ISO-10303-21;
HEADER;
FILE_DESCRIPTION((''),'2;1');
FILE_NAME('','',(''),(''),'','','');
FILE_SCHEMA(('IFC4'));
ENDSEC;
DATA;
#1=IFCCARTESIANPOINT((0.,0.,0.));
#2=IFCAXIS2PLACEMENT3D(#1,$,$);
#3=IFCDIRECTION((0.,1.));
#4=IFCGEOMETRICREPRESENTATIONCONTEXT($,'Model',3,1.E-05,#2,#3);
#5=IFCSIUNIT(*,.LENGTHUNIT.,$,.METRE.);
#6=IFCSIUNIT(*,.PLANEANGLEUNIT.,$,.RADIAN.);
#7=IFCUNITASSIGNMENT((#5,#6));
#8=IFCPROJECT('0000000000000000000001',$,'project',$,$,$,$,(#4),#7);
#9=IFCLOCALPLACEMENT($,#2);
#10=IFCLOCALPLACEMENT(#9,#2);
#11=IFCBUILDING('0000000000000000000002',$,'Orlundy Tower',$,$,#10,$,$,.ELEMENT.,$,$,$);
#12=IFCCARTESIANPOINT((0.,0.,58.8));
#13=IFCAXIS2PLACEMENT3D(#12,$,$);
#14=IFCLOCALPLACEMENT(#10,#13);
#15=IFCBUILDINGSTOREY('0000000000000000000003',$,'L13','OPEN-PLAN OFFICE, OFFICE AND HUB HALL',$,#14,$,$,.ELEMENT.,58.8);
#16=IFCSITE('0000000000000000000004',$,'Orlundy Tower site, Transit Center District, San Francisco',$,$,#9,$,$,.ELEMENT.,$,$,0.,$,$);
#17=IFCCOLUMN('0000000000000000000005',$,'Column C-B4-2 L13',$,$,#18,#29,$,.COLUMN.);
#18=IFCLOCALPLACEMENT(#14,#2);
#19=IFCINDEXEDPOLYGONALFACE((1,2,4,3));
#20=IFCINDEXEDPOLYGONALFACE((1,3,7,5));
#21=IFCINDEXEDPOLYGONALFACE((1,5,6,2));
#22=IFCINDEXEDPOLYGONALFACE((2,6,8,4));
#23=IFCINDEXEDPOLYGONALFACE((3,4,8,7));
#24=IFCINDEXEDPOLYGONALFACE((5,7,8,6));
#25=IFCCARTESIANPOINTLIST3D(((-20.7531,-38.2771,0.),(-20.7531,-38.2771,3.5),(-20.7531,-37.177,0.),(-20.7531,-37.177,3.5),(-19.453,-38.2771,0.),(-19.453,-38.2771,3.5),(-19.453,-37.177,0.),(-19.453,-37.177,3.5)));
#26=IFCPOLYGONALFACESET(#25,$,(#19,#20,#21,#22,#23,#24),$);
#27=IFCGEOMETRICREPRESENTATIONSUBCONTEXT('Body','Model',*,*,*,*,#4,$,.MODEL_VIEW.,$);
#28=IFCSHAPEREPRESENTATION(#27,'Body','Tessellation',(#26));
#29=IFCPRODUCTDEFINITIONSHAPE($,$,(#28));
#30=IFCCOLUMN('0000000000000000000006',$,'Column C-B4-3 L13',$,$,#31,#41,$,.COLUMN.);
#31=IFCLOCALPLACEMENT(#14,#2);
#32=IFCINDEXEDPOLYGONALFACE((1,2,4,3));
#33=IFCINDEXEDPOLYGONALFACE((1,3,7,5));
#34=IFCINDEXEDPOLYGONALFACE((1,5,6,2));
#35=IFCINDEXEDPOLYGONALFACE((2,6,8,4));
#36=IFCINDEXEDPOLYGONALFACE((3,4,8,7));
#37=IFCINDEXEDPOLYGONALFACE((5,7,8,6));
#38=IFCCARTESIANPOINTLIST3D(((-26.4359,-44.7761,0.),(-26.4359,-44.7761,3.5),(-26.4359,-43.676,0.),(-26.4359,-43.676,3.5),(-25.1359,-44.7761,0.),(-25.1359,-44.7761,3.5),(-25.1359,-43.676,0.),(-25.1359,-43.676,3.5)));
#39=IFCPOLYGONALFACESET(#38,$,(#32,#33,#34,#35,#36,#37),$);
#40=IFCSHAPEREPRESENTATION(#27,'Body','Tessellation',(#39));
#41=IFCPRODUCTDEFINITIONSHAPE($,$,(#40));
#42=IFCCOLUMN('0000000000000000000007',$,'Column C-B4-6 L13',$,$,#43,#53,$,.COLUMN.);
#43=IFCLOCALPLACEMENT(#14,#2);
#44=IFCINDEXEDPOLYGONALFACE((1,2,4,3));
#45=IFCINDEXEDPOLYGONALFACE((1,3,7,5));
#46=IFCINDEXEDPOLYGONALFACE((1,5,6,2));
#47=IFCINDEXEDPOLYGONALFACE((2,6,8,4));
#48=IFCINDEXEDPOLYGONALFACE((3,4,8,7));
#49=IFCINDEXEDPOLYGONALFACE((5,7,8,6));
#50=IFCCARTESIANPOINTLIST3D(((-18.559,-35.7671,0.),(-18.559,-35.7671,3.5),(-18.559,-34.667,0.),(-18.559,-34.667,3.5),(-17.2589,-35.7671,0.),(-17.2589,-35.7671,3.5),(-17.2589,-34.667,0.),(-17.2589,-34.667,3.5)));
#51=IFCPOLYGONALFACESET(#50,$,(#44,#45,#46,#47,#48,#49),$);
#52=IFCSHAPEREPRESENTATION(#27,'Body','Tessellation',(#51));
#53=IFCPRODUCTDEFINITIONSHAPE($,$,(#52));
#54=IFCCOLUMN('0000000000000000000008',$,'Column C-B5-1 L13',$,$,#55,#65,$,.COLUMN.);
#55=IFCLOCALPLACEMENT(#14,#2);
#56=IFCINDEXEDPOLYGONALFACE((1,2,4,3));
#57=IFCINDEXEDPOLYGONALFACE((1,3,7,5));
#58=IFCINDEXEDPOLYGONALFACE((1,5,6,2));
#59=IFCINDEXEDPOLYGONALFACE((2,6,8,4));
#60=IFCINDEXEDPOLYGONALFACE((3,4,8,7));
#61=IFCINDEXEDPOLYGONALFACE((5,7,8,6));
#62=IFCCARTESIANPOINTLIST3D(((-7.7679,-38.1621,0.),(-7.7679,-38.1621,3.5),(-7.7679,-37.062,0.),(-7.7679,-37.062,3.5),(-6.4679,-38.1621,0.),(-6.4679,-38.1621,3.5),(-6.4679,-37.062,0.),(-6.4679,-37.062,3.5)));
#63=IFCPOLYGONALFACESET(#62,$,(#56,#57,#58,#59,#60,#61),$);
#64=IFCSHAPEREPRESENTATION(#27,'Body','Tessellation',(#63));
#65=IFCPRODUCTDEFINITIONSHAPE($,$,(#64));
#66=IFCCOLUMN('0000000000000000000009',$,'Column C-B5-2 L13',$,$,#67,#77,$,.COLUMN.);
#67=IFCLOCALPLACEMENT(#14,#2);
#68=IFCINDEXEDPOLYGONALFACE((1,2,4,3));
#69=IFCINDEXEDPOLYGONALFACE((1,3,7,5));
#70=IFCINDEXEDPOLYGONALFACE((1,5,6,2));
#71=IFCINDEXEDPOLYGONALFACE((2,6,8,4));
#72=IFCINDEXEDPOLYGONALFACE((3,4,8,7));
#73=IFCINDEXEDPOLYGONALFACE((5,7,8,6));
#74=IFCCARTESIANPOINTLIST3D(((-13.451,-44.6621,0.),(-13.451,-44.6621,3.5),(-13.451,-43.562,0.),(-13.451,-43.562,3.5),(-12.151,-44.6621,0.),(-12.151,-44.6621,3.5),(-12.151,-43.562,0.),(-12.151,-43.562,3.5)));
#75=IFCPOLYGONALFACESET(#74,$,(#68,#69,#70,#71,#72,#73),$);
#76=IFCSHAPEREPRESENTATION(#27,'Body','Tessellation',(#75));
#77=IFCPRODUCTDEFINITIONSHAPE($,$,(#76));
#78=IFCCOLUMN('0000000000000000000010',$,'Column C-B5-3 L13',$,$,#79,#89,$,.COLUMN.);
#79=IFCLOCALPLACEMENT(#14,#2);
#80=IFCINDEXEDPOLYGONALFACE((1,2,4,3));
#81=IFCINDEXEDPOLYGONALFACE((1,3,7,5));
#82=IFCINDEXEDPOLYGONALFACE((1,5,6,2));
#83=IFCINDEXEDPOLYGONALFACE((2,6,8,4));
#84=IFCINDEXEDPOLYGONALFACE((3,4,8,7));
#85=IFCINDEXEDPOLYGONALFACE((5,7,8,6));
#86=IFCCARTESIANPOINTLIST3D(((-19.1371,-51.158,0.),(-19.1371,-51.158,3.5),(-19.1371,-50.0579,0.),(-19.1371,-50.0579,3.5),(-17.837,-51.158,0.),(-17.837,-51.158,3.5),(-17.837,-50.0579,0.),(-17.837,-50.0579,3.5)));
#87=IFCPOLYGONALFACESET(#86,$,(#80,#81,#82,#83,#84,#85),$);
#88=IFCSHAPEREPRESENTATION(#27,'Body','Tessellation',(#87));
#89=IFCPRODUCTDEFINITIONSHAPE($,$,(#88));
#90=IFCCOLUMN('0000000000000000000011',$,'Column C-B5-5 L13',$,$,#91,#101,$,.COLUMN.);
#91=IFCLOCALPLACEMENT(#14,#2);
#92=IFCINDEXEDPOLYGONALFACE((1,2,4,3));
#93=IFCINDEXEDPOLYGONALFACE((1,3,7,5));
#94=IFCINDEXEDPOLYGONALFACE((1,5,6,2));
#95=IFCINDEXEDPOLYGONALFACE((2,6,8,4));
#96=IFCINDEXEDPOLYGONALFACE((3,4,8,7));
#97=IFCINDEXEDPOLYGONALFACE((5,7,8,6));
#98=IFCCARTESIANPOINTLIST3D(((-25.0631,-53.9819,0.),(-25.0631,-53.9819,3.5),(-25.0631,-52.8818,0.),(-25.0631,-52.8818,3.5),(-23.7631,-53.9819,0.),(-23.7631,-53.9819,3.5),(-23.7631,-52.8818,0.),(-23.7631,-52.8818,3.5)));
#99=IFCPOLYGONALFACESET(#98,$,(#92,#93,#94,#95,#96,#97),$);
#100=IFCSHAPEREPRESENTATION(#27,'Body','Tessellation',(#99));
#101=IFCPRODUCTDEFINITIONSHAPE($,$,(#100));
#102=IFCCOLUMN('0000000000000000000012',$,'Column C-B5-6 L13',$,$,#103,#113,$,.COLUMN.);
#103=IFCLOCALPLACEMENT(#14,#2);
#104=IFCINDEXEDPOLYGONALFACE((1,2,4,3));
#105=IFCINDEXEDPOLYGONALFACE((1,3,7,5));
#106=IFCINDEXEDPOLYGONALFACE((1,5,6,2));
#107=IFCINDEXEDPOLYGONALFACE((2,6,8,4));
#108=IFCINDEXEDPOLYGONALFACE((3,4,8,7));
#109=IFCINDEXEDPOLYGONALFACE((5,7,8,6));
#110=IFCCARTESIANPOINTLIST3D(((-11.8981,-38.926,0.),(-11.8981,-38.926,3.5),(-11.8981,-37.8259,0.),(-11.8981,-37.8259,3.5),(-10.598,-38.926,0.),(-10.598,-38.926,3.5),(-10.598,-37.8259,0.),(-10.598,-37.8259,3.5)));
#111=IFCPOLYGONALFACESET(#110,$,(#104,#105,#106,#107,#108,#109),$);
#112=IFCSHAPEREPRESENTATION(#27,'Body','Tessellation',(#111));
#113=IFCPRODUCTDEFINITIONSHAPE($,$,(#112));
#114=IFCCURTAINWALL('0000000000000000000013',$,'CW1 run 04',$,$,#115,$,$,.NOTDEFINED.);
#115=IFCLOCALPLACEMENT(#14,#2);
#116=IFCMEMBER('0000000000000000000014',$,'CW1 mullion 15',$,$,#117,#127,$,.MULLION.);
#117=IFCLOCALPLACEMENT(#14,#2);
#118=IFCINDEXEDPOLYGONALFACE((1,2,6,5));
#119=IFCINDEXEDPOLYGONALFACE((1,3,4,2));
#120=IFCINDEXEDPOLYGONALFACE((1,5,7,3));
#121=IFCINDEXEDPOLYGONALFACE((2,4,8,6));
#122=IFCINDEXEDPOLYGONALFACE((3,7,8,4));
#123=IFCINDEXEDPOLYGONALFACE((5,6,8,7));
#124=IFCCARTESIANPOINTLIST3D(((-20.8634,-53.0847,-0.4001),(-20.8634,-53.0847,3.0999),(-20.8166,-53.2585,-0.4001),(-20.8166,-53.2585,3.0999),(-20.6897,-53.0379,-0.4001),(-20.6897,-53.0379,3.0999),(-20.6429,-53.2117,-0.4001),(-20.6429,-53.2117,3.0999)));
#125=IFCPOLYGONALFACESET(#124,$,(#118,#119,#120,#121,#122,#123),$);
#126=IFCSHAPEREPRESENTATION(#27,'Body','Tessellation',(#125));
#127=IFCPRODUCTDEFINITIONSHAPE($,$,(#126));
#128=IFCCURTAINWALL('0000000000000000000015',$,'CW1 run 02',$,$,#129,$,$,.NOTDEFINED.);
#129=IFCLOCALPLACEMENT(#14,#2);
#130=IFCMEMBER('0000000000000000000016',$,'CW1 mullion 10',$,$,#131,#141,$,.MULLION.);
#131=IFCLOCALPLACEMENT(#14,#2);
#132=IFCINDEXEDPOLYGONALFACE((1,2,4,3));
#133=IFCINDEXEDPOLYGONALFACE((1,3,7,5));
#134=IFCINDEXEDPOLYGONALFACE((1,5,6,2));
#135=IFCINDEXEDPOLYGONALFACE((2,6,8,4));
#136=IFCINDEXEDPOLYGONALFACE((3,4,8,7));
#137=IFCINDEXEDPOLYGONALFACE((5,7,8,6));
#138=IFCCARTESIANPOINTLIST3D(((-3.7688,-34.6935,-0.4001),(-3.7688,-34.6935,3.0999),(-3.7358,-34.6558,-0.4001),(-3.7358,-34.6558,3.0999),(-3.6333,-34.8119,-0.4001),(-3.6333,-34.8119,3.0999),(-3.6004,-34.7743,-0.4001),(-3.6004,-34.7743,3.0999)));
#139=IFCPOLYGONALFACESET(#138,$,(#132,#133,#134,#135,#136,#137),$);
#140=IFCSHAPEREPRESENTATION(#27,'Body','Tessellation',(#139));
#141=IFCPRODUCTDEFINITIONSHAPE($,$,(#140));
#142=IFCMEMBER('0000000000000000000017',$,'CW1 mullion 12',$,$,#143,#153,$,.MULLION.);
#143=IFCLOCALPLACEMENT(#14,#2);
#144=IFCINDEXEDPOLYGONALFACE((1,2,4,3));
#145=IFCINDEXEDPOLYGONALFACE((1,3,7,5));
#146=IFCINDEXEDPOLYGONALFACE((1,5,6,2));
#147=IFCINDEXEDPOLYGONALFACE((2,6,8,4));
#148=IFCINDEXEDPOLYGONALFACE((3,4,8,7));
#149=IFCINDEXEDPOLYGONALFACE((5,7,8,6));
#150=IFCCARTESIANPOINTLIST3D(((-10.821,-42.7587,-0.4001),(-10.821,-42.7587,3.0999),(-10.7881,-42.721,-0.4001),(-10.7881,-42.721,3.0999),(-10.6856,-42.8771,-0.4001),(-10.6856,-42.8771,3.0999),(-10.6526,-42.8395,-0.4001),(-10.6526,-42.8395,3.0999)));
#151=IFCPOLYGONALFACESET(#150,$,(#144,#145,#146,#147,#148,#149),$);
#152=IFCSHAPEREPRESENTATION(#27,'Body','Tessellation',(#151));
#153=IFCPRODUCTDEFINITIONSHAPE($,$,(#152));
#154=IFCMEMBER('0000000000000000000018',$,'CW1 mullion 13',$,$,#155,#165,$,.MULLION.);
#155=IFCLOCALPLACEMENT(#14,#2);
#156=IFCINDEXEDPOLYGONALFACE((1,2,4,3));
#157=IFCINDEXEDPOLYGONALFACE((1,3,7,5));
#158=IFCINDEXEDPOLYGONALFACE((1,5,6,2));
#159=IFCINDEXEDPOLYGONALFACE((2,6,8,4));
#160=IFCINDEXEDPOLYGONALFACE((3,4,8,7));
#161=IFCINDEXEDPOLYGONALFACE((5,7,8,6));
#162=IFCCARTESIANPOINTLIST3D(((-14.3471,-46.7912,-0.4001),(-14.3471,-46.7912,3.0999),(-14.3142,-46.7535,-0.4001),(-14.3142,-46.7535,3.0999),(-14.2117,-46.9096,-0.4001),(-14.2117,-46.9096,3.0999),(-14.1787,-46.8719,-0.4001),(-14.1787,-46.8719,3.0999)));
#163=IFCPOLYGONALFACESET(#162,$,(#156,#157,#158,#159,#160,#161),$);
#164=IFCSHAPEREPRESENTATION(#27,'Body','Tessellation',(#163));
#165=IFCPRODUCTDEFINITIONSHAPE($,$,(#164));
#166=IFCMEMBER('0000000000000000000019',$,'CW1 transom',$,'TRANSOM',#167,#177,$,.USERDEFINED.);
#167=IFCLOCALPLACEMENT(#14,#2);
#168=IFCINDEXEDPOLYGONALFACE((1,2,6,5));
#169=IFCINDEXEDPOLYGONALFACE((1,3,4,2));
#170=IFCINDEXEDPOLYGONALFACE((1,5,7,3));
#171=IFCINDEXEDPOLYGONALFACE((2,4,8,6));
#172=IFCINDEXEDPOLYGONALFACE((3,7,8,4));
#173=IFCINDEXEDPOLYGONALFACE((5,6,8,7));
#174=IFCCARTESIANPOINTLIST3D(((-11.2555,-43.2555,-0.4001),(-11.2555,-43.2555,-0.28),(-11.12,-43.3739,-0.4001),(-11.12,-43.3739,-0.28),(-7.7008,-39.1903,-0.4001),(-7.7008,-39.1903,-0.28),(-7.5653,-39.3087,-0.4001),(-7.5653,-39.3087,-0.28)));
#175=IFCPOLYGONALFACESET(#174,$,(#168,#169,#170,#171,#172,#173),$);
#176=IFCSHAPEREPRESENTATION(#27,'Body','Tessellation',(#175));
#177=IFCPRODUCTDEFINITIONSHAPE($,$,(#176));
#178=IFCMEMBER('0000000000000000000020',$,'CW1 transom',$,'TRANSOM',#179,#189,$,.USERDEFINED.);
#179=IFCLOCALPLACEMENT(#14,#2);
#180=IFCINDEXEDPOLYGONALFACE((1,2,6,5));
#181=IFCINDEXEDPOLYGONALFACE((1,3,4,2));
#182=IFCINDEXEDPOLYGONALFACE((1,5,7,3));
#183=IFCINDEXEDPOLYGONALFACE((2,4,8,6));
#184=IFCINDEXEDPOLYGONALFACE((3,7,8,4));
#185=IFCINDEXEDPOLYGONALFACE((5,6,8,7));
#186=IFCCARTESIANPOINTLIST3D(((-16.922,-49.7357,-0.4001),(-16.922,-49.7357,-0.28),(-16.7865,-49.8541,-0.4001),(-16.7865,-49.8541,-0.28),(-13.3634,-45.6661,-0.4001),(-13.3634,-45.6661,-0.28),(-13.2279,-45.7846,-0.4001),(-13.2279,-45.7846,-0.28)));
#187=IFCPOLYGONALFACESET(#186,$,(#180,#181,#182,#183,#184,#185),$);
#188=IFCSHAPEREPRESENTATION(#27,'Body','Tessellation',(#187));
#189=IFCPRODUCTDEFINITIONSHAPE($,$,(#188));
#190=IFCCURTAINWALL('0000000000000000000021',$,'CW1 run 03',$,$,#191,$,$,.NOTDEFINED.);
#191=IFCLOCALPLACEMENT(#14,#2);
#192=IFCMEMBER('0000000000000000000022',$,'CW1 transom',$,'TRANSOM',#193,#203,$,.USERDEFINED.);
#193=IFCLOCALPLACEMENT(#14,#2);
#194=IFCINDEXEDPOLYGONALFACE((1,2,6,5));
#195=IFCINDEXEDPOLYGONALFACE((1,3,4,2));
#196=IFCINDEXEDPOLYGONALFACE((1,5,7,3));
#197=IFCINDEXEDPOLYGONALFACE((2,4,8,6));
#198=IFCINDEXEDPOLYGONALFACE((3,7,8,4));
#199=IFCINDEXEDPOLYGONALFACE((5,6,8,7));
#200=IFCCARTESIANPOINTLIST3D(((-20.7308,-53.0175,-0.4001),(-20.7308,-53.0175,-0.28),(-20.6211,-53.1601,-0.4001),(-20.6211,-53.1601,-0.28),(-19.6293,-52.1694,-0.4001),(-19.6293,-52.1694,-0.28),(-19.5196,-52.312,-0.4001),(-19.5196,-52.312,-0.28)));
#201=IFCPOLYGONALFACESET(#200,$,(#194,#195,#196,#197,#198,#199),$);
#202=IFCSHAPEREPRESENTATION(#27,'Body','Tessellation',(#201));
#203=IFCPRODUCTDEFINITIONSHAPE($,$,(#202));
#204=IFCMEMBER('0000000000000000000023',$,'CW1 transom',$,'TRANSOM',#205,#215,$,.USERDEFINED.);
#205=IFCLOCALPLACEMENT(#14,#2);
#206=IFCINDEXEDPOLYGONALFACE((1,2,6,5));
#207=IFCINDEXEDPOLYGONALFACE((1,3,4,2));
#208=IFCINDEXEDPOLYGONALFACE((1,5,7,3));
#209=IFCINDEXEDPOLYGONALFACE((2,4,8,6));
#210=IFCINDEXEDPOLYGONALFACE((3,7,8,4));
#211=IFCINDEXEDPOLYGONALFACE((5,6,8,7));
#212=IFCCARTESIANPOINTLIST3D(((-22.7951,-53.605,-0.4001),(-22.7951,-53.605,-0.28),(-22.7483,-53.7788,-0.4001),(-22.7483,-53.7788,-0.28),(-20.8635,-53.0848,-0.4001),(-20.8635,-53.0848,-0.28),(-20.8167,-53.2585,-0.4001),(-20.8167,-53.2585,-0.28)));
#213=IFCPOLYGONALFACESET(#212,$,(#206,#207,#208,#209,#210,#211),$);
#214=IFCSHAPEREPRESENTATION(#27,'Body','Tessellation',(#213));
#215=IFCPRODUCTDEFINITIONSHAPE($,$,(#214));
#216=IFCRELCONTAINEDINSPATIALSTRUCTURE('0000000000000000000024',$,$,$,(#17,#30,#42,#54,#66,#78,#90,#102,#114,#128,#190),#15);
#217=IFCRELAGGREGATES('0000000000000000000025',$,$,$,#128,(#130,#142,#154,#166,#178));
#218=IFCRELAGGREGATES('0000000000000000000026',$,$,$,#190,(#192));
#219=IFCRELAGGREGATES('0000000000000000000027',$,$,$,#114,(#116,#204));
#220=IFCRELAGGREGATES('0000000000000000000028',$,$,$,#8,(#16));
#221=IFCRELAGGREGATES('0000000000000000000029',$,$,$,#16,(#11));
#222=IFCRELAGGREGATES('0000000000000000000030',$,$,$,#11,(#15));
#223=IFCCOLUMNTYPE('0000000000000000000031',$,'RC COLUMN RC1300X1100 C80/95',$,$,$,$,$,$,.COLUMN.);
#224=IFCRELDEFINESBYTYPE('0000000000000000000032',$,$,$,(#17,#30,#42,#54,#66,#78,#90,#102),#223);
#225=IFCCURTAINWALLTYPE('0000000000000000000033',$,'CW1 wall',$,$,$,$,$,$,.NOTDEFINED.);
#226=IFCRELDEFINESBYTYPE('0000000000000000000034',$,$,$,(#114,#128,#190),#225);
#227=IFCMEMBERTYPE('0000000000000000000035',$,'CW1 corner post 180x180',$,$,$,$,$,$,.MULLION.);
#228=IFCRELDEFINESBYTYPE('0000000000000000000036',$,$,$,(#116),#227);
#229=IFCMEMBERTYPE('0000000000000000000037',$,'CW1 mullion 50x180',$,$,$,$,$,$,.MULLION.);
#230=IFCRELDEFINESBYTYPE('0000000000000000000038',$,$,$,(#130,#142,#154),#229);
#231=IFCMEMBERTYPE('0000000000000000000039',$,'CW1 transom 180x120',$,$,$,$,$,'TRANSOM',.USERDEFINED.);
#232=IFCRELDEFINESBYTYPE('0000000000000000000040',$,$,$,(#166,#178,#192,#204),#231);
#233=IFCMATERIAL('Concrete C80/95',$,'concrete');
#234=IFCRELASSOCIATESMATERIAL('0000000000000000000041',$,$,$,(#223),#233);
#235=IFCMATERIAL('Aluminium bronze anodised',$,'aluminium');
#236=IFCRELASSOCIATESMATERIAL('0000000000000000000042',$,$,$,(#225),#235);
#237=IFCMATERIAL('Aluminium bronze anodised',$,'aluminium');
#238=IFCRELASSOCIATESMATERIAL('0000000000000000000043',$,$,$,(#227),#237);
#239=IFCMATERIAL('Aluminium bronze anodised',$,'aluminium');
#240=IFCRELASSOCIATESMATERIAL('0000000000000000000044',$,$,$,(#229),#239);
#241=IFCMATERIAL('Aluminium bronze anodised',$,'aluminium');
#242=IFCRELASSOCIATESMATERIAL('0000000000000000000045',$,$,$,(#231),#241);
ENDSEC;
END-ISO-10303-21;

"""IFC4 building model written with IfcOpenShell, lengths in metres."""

from ifc_helpers import new_model, si_unit, direction, frame, origin, origin_2d, place, context, subcontext, project, spatial, rectangle, extrude, material, material_profile, profile_set, type_object, element, aggregate, save


model = new_model("IFC4")

# Units and contexts
model_context = context("Model", 3, precision=1e-05, world=origin(), true_north=direction((0.0, 1.0)))
body_context = subcontext(model_context, "Body", "Model", "MODEL_VIEW")
ifc_project = project(units=[si_unit("LENGTHUNIT", "METRE"), si_unit("PLANEANGLEUNIT", "RADIAN")], contexts=[model_context])

# Site, building, storey
site_placement = place(None, origin())
site = spatial("IfcSite", under=ifc_project, at=site_placement, Name="Orlundy Tower site, Transit Center District, San Francisco", CompositionType="ELEMENT", RefElevation=0.0)
building_placement = place(site_placement, origin())
building = spatial("IfcBuilding", under=site, at=building_placement, Name="Orlundy Tower", CompositionType="ELEMENT")
storey_placement = place(building_placement, frame((0.0, 0.0, 58.8)))
storey = spatial("IfcBuildingStorey", under=building, at=storey_placement, Name="L13", Description="OPEN-PLAN OFFICE, OFFICE AND HUB HALL", CompositionType="ELEMENT", Elevation=58.8)

# Columns
ifc_material_1 = material(Name="Concrete C80/95", Category="concrete")
ifc_material_profile_1 = material_profile(ifc_material_1, rectangle(XDim=1.3, YDim=1.1001, at=origin_2d()), Name="RC1300X1100")
ifc_profile_set_1 = profile_set([ifc_material_profile_1], Name="Concrete C80/95")
column_type = type_object("IfcColumnType", Name="RC COLUMN RC1300X1100 C80/95", PredefinedType="COLUMN", material=ifc_profile_set_1)
for number, where, z_axis, x_axis, name in (
    (1, (-20.103, -37.7271, 0.0), (0.0, 0.0, 1.0), (1.0, 0.0, 0.0), "Column C-B4-2 L13"),
    (2, (-25.7859, -44.2261, 0.0), (0.0, 0.0, 1.0), (1.0, 0.0, 0.0), "Column C-B4-3 L13"),
    (3, (-17.9089, -35.217, 0.0), (0.0, 0.0, 1.0), (1.0, 0.0, 0.0), "Column C-B4-6 L13"),
    (4, (-7.1179, -37.6121, 0.0), (0.0, 0.0, 1.0), (1.0, 0.0, 0.0), "Column C-B5-1 L13"),
    (5, (-12.801, -44.1121, 0.0), (0.0, 0.0, 1.0), (1.0, 0.0, 0.0), "Column C-B5-2 L13"),
    (6, (-18.4871, -50.6079, 0.0), (0.0, 0.0, 1.0), (1.0, 0.0, 0.0), "Column C-B5-3 L13"),
    (7, (-24.4131, -53.4319, 0.0), (0.0, 0.0, 1.0), (1.0, 0.0, 0.0), "Column C-B5-5 L13"),
    (8, (-11.248, -38.376, 0.0), (0.0, 0.0, 1.0), (1.0, 0.0, 0.0), "Column C-B5-6 L13"),
):
    element("IfcColumn", number, at=place(storey_placement, frame(where, z_axis=z_axis, x_axis=x_axis)), inside=storey, type_object=column_type, Name=name, PredefinedType="COLUMN", context=body_context, shape_type="SweptSolid", body=[
        extrude(rectangle(XDim=1.3, YDim=1.1001, at=origin_2d()), origin(), (0.0, 0.0, 1.0), 3.5),
    ])

# Curtain wall, member
ifc_material_2 = material(Name="Aluminium bronze anodised", Category="aluminium")
curtain_wall_type = type_object("IfcCurtainWallType", Name="CW1 wall", PredefinedType="NOTDEFINED", material=ifc_material_2)
curtain_wall_1_placement = place(storey_placement, origin())
curtain_wall_1 = element("IfcCurtainWall", 9, at=curtain_wall_1_placement, inside=storey, type_object=curtain_wall_type, Name="CW1 run 04", PredefinedType="NOTDEFINED")
ifc_material_3 = material(Name="Aluminium bronze anodised", Category="aluminium")
ifc_material_profile_2 = material_profile(ifc_material_3, rectangle(XDim=0.1799, YDim=0.1799, at=origin_2d()), Name="CW1 corner post 180x180")
ifc_profile_set_2 = profile_set([ifc_material_profile_2], Name="Aluminium bronze anodised")
member_type_1 = type_object("IfcMemberType", Name="CW1 corner post 180x180", PredefinedType="MULLION", material=ifc_profile_set_2)
member_1_placement = place(storey_placement, frame((-20.7532, -53.1482, -0.4001), z_axis=(0.0, 0.0, 1.0), x_axis=(0.26008, -0.965587, 0.0)))
member_1 = element("IfcMember", 10, at=member_1_placement, type_object=member_type_1, Name="CW1 mullion 15", PredefinedType="MULLION", context=body_context, shape_type="SweptSolid", body=[
    extrude(rectangle(XDim=0.1799, YDim=0.1799, at=origin_2d()), origin(), (0.0, 0.0, 1.0), 3.5),
])

# Curtain wall, members
curtain_wall_2_placement = place(storey_placement, origin())
curtain_wall_2 = element("IfcCurtainWall", 11, at=curtain_wall_2_placement, inside=storey, type_object=curtain_wall_type, Name="CW1 run 02", PredefinedType="NOTDEFINED")
ifc_material_4 = material(Name="Aluminium bronze anodised", Category="aluminium")
ifc_material_profile_3 = material_profile(ifc_material_4, rectangle(XDim=0.1799, YDim=0.05, at=origin_2d()), Name="CW1 mullion 50x180")
ifc_profile_set_3 = profile_set([ifc_material_profile_3], Name="Aluminium bronze anodised")
member_type_2 = type_object("IfcMemberType", Name="CW1 mullion 50x180", PredefinedType="MULLION", material=ifc_profile_set_3)
member_2_placement = place(storey_placement, frame((-3.6846, -34.7339, -0.4001), z_axis=(0.0, 0.0, 1.0), x_axis=(0.752792, -0.658259, 0.0)))
member_2 = element("IfcMember", 12, at=member_2_placement, type_object=member_type_2, Name="CW1 mullion 10", PredefinedType="MULLION", context=body_context, shape_type="SweptSolid", body=[
    extrude(rectangle(XDim=0.1799, YDim=0.05, at=origin_2d()), origin(), (0.0, 0.0, 1.0), 3.5),
])
member_3_placement = place(storey_placement, frame((-10.7368, -42.7991, -0.4001), z_axis=(0.0, 0.0, 1.0), x_axis=(0.752792, -0.658259, 0.0)))
member_3 = element("IfcMember", 13, at=member_3_placement, type_object=member_type_2, Name="CW1 mullion 12", PredefinedType="MULLION", context=body_context, shape_type="SweptSolid", body=[
    extrude(rectangle(XDim=0.1799, YDim=0.05, at=origin_2d()), origin(), (0.0, 0.0, 1.0), 3.5),
])
member_4_placement = place(storey_placement, frame((-14.2629, -46.8315, -0.4001), z_axis=(0.0, 0.0, 1.0), x_axis=(0.752792, -0.658259, 0.0)))
member_4 = element("IfcMember", 14, at=member_4_placement, type_object=member_type_2, Name="CW1 mullion 13", PredefinedType="MULLION", context=body_context, shape_type="SweptSolid", body=[
    extrude(rectangle(XDim=0.1799, YDim=0.05, at=origin_2d()), origin(), (0.0, 0.0, 1.0), 3.5),
])
ifc_material_5 = material(Name="Aluminium bronze anodised", Category="aluminium")
ifc_material_profile_4 = material_profile(ifc_material_5, rectangle(XDim=0.1799, YDim=0.1201, at=origin_2d()), Name="CW1 transom 180x120")
ifc_profile_set_4 = profile_set([ifc_material_profile_4], Name="Aluminium bronze anodised")
member_type_3 = type_object("IfcMemberType", Name="CW1 transom 180x120", ElementType="TRANSOM", PredefinedType="USERDEFINED", material=ifc_profile_set_4)
member_5_placement = place(storey_placement, frame((-7.6331, -39.2495, -0.3401), z_axis=(-0.658258, -0.752792, 0.0), x_axis=(0.752792, -0.658258, 0.0)))
member_5 = element("IfcMember", 15, at=member_5_placement, type_object=member_type_3, Name="CW1 transom", ObjectType="TRANSOM", PredefinedType="USERDEFINED", context=body_context, shape_type="SweptSolid", body=[
    extrude(rectangle(XDim=0.1799, YDim=0.1201, at=origin_2d()), origin(), (0.0, 0.0, 1.0), 5.4001),
])
member_6_placement = place(storey_placement, frame((-13.2957, -45.7253, -0.3401), z_axis=(-0.658265, -0.752786, 0.0), x_axis=(0.752786, -0.658265, 0.0)))
member_6 = element("IfcMember", 16, at=member_6_placement, type_object=member_type_3, Name="CW1 transom", ObjectType="TRANSOM", PredefinedType="USERDEFINED", context=body_context, shape_type="SweptSolid", body=[
    extrude(rectangle(XDim=0.1799, YDim=0.1201, at=origin_2d()), origin(), (0.0, 0.0, 1.0), 5.406),
])

# Curtain wall, member
curtain_wall_3_placement = place(storey_placement, origin())
curtain_wall_3 = element("IfcCurtainWall", 17, at=curtain_wall_3_placement, inside=storey, type_object=curtain_wall_type, Name="CW1 run 03", PredefinedType="NOTDEFINED")
member_7_placement = place(storey_placement, frame((-19.5745, -52.2407, -0.3401), z_axis=(-0.79235, -0.610067, 0.0), x_axis=(0.610067, -0.79235, 0.0)))
member_7 = element("IfcMember", 18, at=member_7_placement, type_object=member_type_3, Name="CW1 transom", ObjectType="TRANSOM", PredefinedType="USERDEFINED", context=body_context, shape_type="SweptSolid", body=[
    extrude(rectangle(XDim=0.1799, YDim=0.1201, at=origin_2d()), origin(), (0.0, 0.0, 1.0), 1.3901),
])

# Member
member_8_placement = place(storey_placement, frame((-20.8401, -53.1716, -0.3401), z_axis=(-0.96559, -0.26007, 0.0), x_axis=(0.26007, -0.96559, 0.0)))
member_8 = element("IfcMember", 19, at=member_8_placement, type_object=member_type_3, Name="CW1 transom", ObjectType="TRANSOM", PredefinedType="USERDEFINED", context=body_context, shape_type="SweptSolid", body=[
    extrude(rectangle(XDim=0.1799, YDim=0.1201, at=origin_2d()), origin(), (0.0, 0.0, 1.0), 2.0005),
])

aggregate(curtain_wall_2, [member_2, member_3, member_4, member_5, member_6])
aggregate(curtain_wall_3, [member_7])
aggregate(curtain_wall_1, [member_1, member_8])

save(model, "model.ifc")
